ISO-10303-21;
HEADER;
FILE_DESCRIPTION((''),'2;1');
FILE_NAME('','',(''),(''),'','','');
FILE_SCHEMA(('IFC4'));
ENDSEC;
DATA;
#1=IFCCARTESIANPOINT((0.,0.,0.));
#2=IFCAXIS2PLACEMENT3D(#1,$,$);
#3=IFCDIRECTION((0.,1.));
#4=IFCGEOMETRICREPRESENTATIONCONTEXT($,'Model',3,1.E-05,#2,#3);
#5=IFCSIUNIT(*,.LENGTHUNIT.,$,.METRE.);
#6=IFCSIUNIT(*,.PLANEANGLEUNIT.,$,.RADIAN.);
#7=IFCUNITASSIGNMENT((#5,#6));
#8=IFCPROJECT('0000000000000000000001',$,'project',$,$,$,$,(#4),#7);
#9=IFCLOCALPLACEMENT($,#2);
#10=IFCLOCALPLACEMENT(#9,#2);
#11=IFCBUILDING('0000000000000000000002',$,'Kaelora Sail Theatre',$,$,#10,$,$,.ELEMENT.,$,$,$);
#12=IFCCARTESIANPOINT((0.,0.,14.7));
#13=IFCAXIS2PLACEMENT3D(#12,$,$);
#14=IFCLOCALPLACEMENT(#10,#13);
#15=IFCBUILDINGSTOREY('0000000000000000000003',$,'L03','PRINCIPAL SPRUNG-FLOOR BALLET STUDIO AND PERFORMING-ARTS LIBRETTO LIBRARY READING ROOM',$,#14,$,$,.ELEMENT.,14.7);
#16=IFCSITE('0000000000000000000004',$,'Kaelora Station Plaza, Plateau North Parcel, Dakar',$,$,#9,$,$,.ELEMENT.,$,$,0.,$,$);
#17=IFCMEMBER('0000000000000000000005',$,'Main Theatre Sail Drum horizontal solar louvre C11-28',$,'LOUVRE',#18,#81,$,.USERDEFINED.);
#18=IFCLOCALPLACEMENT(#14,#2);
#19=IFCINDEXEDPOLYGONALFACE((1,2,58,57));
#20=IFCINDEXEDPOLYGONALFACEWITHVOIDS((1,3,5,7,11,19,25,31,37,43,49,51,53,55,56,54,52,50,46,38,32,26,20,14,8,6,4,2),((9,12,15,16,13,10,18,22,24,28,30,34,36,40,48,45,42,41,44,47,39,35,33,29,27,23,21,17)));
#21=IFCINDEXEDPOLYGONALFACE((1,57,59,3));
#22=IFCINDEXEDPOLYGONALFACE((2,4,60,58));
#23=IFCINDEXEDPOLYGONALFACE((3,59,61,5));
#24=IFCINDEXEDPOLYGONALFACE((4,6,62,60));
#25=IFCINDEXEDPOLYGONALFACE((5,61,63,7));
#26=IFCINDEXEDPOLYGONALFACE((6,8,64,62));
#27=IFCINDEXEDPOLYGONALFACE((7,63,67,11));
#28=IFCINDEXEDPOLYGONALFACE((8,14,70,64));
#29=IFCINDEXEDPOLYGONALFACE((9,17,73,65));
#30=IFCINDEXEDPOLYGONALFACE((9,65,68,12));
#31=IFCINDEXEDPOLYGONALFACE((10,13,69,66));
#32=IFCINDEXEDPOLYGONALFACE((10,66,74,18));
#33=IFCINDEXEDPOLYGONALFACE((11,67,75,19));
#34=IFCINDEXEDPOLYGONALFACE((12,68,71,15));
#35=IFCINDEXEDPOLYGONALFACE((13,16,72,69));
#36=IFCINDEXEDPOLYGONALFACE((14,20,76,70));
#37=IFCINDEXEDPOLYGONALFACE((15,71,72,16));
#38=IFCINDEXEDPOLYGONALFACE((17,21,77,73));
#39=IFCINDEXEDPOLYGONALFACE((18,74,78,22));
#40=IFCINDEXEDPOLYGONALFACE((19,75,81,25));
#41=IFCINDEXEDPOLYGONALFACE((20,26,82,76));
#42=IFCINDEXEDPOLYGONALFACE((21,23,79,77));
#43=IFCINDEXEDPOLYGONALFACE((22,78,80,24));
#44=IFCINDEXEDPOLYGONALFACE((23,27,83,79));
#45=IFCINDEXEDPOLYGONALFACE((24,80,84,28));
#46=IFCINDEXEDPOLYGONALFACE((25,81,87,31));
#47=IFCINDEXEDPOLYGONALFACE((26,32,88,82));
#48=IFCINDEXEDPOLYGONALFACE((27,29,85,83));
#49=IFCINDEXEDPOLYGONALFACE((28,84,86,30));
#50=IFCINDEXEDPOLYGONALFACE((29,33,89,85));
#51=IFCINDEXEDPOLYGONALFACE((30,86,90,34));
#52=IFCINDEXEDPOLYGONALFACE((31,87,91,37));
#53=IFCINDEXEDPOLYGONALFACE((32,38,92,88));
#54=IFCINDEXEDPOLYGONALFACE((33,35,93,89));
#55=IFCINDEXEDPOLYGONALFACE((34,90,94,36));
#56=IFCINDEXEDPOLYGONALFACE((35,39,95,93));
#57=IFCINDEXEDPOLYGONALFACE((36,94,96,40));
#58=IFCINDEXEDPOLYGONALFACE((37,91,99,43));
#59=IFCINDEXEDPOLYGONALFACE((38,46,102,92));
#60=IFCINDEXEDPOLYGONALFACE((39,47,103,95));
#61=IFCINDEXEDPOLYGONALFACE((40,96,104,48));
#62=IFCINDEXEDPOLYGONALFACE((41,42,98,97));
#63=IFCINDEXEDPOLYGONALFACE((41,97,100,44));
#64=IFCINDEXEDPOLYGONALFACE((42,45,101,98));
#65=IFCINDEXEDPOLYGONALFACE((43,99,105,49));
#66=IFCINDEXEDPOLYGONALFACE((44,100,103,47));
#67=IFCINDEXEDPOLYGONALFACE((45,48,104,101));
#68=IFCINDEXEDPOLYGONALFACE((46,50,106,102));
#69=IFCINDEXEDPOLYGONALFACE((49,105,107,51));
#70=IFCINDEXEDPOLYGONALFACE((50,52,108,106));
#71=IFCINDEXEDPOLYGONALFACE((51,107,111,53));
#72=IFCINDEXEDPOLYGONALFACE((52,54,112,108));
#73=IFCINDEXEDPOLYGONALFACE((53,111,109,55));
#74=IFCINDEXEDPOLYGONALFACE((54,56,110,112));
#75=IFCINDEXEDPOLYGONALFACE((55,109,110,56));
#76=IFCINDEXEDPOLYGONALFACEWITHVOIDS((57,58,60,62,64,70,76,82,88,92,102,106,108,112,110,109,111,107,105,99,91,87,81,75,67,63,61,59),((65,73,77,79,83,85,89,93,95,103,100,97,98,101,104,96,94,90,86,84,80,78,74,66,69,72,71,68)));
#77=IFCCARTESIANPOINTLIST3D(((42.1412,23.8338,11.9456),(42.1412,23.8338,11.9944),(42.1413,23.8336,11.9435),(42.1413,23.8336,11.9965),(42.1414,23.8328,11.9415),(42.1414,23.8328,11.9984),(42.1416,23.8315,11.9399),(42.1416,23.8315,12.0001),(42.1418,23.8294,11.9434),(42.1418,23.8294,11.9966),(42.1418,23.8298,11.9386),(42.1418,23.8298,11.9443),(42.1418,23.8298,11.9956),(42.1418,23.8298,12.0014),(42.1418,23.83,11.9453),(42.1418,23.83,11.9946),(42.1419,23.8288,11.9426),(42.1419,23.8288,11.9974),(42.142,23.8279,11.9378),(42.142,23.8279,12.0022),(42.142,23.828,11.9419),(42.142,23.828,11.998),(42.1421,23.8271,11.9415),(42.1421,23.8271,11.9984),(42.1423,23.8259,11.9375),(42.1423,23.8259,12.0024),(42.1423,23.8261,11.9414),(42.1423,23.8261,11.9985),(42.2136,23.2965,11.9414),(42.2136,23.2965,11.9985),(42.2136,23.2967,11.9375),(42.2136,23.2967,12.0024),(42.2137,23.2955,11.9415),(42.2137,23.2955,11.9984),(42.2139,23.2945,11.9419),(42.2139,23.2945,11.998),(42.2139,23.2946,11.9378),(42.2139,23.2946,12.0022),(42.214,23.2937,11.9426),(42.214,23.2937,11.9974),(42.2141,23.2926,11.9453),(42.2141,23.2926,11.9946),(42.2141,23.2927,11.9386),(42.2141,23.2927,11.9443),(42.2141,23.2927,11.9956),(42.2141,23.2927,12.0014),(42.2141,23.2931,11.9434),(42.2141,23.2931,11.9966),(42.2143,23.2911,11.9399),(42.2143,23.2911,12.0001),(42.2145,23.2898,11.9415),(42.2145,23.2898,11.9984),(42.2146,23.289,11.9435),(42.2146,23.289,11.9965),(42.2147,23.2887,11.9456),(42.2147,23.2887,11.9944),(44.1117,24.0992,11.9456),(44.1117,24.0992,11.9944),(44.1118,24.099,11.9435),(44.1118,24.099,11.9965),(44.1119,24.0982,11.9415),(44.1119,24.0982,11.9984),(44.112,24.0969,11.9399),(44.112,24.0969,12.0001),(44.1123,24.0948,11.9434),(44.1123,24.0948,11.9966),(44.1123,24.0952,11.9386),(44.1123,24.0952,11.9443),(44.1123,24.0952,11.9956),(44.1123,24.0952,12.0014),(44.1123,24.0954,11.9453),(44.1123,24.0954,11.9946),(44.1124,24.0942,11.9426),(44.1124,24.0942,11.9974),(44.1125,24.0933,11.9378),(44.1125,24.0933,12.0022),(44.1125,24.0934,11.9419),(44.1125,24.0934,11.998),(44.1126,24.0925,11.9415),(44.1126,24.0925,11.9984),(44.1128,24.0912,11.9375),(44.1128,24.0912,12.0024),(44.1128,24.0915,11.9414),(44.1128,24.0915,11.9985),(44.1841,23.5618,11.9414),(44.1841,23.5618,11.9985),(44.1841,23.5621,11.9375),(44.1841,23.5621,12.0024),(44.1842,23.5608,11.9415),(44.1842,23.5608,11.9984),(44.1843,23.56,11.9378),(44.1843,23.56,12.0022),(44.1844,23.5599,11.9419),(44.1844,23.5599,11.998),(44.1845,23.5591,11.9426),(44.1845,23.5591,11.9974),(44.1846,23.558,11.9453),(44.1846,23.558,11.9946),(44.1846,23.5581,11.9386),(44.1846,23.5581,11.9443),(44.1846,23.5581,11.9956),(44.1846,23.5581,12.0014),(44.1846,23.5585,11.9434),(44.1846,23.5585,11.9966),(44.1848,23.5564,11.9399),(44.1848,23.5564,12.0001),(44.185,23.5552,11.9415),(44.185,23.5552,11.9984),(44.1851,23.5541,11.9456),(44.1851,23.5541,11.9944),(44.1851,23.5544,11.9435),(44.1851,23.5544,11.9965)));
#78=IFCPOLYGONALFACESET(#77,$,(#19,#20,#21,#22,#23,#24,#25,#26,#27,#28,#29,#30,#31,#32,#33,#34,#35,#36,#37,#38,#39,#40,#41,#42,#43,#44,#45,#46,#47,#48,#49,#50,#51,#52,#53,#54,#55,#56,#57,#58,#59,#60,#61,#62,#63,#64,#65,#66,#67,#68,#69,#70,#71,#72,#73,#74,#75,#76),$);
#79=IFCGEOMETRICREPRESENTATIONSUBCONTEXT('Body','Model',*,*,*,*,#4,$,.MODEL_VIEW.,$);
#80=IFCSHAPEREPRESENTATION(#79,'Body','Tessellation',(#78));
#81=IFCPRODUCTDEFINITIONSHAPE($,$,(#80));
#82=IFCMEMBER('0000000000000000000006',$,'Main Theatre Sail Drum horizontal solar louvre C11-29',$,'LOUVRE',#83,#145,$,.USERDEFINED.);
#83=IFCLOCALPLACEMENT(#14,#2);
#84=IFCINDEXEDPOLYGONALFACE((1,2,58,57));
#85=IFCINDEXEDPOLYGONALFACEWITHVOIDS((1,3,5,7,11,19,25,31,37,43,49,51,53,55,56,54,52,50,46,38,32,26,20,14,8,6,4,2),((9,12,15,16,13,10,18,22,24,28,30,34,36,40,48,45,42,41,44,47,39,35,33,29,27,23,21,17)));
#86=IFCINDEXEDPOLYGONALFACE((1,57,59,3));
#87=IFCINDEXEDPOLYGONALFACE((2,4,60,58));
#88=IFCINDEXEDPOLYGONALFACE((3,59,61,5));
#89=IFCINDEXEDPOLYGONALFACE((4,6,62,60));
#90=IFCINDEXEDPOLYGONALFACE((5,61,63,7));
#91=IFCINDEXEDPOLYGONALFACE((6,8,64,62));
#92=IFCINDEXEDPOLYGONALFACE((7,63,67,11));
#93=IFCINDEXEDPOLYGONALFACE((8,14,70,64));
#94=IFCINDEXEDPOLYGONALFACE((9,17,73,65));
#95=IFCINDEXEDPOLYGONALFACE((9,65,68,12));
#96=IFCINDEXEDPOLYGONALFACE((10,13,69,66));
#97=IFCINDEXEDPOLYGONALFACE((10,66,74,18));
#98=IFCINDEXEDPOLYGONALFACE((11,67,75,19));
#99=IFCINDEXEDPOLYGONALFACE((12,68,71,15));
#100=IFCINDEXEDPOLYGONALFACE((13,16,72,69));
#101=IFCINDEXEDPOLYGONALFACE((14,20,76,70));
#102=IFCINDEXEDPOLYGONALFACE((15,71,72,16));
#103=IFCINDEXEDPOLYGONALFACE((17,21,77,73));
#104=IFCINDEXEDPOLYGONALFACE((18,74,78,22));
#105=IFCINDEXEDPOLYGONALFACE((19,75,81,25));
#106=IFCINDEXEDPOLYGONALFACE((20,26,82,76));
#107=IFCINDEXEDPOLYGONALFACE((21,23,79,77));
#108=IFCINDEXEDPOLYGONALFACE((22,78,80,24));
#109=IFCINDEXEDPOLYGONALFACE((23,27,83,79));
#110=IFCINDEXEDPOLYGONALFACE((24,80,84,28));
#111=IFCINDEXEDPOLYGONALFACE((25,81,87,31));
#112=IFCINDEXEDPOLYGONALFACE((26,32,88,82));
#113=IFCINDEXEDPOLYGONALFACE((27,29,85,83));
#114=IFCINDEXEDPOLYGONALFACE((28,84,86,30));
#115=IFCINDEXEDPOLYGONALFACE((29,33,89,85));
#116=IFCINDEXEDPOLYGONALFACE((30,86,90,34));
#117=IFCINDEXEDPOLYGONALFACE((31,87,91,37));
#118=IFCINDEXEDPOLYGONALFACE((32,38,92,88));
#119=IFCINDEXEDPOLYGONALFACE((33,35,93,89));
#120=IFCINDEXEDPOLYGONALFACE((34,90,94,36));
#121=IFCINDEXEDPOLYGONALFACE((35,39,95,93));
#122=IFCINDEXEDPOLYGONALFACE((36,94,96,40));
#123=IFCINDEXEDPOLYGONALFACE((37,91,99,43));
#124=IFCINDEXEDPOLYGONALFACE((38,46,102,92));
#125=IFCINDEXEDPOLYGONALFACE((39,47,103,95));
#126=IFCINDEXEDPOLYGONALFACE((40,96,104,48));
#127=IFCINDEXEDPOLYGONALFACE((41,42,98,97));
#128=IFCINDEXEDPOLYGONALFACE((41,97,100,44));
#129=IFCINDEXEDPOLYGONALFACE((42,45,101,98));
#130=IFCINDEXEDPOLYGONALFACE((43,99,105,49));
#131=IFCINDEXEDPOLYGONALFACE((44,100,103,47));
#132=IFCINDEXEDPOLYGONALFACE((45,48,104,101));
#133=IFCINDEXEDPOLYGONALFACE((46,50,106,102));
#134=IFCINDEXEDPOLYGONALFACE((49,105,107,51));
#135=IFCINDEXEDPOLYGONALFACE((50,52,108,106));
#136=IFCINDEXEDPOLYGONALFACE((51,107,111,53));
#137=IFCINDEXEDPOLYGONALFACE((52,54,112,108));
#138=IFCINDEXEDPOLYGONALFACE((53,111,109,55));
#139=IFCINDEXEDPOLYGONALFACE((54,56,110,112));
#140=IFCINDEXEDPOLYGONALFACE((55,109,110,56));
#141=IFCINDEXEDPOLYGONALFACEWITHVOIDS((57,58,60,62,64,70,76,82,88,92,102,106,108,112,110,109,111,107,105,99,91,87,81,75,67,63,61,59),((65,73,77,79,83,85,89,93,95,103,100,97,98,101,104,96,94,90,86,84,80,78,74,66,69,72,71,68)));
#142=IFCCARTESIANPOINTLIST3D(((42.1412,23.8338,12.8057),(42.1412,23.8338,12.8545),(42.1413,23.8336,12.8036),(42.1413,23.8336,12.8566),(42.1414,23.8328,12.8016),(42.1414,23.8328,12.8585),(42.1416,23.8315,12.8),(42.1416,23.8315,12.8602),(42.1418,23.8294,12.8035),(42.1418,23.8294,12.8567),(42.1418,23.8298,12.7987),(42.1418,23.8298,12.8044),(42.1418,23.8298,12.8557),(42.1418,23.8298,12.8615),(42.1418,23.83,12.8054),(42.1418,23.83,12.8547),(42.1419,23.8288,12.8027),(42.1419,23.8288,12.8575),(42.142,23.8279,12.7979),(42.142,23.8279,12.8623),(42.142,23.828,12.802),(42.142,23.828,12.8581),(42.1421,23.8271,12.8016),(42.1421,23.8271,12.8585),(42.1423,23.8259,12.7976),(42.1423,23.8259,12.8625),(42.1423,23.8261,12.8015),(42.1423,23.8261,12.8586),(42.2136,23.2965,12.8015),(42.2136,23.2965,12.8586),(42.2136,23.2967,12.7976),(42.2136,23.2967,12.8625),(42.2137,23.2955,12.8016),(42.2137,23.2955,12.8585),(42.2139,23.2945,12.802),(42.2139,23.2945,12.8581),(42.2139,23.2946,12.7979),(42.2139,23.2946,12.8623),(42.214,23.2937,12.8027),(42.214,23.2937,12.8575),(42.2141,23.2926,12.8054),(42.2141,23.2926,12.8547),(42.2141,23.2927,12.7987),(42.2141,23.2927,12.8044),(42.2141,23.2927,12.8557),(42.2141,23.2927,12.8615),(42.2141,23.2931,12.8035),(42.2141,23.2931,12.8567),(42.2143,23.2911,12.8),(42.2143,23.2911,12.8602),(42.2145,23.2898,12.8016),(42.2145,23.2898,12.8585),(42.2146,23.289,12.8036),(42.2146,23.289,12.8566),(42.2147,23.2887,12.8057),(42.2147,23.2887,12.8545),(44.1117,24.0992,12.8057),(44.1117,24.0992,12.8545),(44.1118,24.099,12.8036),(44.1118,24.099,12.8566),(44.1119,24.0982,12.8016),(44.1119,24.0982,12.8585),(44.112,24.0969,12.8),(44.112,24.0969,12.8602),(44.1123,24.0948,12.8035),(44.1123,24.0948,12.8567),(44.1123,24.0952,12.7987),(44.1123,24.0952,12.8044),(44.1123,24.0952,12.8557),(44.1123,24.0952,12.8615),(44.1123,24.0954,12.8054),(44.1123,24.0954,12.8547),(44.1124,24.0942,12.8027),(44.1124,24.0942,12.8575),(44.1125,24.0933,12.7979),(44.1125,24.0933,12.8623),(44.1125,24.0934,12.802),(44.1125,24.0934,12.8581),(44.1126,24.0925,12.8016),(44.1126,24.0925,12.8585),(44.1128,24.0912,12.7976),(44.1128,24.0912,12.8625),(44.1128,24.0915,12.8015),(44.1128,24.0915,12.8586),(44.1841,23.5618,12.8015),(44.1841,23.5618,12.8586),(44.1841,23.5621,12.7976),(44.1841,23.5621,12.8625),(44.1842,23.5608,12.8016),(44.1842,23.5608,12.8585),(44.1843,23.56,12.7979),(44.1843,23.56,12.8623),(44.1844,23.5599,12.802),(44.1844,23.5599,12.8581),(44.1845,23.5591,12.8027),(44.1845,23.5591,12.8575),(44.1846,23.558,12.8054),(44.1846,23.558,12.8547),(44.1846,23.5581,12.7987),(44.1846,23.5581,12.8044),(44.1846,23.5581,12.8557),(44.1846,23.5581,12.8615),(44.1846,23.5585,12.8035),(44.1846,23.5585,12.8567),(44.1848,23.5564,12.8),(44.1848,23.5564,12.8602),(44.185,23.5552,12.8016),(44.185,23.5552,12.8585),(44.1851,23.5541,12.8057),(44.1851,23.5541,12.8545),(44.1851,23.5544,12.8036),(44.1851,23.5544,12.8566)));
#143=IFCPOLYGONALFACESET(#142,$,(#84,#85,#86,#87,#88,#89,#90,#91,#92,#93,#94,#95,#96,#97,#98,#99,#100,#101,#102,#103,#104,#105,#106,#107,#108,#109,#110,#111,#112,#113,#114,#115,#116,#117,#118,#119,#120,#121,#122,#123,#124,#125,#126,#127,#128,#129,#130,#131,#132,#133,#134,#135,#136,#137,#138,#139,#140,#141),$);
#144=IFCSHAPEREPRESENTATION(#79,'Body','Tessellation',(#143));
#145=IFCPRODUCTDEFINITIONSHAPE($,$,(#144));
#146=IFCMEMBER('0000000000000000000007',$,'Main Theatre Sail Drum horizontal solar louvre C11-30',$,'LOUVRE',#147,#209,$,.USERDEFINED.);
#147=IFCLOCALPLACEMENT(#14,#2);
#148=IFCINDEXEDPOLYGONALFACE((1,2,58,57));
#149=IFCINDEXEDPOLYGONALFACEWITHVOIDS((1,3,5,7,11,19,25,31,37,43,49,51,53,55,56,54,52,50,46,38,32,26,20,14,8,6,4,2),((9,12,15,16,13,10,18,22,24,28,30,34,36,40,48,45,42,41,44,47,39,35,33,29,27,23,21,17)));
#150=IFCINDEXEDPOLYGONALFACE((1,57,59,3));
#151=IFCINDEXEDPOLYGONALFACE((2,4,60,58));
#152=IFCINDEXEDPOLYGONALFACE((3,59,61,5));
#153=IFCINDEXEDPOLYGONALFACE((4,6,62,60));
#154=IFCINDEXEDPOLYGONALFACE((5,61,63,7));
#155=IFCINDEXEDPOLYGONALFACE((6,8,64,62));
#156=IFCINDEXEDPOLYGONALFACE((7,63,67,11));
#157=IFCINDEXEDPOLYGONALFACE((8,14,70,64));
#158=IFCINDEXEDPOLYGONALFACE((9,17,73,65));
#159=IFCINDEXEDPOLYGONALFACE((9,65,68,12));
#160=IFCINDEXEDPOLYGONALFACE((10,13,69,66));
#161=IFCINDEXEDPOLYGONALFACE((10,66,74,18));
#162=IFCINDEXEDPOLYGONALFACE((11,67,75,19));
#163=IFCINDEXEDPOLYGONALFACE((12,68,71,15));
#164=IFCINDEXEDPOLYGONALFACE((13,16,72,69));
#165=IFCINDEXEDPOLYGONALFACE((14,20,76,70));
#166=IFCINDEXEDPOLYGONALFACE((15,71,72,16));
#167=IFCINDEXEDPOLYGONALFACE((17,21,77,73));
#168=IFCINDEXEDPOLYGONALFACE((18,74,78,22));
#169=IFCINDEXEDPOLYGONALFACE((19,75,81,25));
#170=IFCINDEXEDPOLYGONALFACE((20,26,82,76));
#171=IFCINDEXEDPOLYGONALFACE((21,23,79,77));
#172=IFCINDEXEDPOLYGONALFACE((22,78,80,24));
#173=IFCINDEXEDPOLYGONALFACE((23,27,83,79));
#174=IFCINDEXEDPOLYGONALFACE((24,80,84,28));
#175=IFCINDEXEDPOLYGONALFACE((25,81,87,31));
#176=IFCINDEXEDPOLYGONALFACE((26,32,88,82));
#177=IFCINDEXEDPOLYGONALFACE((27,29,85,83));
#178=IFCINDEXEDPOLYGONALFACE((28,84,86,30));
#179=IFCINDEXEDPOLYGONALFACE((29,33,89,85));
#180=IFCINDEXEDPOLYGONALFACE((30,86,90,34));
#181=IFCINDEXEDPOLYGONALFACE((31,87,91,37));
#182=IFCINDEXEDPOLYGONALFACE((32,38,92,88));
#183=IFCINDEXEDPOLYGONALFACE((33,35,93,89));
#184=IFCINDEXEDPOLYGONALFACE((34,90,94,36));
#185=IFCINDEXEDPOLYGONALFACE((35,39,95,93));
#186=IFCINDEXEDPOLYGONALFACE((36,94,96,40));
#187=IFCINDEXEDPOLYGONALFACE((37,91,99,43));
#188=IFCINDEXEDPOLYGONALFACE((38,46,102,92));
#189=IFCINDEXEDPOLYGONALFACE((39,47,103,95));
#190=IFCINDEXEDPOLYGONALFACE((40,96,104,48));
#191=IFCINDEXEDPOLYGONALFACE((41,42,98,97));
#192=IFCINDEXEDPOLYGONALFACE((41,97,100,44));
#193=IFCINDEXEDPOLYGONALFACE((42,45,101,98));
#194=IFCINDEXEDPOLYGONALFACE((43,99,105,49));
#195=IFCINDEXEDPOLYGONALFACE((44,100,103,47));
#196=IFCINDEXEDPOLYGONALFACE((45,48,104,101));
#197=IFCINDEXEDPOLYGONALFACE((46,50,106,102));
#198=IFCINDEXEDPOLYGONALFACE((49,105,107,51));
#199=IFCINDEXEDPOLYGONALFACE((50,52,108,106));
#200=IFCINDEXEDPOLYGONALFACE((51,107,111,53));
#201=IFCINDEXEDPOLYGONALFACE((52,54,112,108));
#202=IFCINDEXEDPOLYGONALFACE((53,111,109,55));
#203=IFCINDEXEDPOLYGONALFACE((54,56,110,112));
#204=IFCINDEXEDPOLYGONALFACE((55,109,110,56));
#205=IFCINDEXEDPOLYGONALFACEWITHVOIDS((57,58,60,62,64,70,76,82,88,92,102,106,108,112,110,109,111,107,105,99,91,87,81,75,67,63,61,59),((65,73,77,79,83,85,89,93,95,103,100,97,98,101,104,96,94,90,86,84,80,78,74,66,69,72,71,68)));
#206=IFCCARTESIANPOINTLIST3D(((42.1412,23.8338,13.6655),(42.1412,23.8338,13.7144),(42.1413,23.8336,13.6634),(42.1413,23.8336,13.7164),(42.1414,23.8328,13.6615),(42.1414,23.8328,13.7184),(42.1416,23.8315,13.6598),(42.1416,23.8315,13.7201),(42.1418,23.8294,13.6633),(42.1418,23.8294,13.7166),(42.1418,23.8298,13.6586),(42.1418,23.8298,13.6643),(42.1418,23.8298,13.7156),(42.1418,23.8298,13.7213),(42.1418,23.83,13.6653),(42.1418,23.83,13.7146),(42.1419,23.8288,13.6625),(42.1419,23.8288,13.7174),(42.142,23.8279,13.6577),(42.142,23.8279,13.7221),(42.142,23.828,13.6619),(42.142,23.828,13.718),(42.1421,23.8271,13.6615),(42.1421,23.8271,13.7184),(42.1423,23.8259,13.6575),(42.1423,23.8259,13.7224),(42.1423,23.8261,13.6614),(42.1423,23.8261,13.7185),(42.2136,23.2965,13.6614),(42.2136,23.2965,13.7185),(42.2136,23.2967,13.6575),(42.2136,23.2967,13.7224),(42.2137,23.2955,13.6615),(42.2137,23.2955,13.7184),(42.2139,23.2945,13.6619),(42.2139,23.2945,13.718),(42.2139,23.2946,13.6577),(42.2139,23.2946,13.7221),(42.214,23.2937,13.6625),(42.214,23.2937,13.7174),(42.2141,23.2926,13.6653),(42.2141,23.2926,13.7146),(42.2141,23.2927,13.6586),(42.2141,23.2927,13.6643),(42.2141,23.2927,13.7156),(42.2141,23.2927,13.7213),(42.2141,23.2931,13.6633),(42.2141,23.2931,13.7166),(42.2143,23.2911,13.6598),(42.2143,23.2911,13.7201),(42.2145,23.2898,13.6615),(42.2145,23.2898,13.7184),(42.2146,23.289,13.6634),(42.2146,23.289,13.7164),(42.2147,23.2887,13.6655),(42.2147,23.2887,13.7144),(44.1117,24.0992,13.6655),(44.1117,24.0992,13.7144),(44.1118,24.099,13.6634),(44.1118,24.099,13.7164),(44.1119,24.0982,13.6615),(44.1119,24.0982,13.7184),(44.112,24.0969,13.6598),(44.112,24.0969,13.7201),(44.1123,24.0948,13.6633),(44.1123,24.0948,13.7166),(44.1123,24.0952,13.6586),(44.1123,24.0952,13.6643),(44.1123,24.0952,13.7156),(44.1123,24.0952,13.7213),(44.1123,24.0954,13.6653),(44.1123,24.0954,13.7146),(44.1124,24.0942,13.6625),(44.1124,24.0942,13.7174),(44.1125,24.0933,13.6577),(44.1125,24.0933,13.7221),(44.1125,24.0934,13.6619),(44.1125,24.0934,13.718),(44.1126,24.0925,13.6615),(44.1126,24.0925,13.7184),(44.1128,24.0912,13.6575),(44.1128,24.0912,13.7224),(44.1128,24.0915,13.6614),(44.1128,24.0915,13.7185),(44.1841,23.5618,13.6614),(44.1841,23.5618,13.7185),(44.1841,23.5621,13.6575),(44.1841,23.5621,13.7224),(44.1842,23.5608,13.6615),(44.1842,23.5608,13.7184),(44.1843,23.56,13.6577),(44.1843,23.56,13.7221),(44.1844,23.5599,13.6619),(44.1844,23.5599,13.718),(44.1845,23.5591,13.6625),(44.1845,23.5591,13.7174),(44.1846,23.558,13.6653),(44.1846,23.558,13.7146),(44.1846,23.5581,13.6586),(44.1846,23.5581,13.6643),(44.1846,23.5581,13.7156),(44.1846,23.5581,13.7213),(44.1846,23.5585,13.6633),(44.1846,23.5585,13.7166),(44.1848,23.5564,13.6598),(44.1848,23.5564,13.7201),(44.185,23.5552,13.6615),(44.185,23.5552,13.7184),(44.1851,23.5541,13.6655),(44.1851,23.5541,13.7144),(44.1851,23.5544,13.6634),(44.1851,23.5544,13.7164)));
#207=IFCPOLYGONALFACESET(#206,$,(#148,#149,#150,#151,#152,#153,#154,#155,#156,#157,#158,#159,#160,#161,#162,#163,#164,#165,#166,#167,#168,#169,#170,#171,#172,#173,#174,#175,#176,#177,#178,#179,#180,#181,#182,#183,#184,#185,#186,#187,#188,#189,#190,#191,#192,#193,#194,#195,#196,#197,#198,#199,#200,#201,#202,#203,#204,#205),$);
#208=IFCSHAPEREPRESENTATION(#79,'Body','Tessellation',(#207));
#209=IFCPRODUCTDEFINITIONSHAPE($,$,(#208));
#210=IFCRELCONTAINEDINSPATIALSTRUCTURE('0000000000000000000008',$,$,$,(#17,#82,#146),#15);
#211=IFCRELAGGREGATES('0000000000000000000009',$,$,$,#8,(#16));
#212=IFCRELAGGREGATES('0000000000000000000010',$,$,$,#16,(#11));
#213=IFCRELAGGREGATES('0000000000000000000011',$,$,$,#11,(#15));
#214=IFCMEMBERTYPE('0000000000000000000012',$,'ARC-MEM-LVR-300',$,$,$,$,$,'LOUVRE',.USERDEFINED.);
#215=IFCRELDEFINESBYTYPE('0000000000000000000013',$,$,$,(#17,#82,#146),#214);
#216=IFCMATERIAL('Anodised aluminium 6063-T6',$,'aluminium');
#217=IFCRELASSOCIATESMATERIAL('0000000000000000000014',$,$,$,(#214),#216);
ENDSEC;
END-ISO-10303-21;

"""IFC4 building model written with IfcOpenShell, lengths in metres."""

from ifc_helpers import new_model, si_unit, direction, frame, origin, origin_2d, place, context, subcontext, project, spatial, hollow_rectangle, extrude, material, material_profile, profile_set, type_object, element, save


model = new_model("IFC4")

# Units and contexts
model_context = context("Model", 3, precision=1e-05, world=origin(), true_north=direction((0.0, 1.0)))
body_context = subcontext(model_context, "Body", "Model", "MODEL_VIEW")
ifc_project = project(units=[si_unit("LENGTHUNIT", "METRE"), si_unit("PLANEANGLEUNIT", "RADIAN")], contexts=[model_context])

# Site, building, storey
site_placement = place(None, origin())
site = spatial("IfcSite", under=ifc_project, at=site_placement, Name="Kaelora Station Plaza, Plateau North Parcel, Dakar", CompositionType="ELEMENT", RefElevation=0.0)
building_placement = place(site_placement, origin())
building = spatial("IfcBuilding", under=site, at=building_placement, Name="Kaelora Sail Theatre", CompositionType="ELEMENT")
storey_placement = place(building_placement, frame((0.0, 0.0, 14.7)))
storey = spatial("IfcBuildingStorey", under=building, at=storey_placement, Name="L03", Description="PRINCIPAL SPRUNG-FLOOR BALLET STUDIO AND PERFORMING-ARTS LIBRETTO LIBRARY READING ROOM", CompositionType="ELEMENT", Elevation=14.7)

# Members
ifc_material = material(Name="Anodised aluminium 6063-T6", Category="aluminium")
ifc_material_profile = material_profile(ifc_material, hollow_rectangle(XDim=0.55, YDim=0.0649, WallThickness=0.0039, InnerFilletRadius=0.0039, OuterFilletRadius=0.0081, at=origin_2d()), Name="LOUVRE 550x65x4")
ifc_profile_set = profile_set([ifc_material_profile], Name="Anodised aluminium 6063-T6")
member_type = type_object("IfcMemberType", Name="ARC-MEM-LVR-300", ElementType="LOUVRE", PredefinedType="USERDEFINED", material=ifc_profile_set)
for number, where, z_axis, x_axis, name in (
    (1, (44.1484, 23.8267, 11.97), (-0.991052, -0.133475, 0.0), (0.133475, -0.991052, 0.0), "Main Theatre Sail Drum horizontal solar louvre C11-28"),
    (2, (44.1484, 23.8267, 12.8301), (-0.991052, -0.133475, 0.0), (0.133475, -0.991052, 0.0), "Main Theatre Sail Drum horizontal solar louvre C11-29"),
    (3, (44.1484, 23.8267, 13.6899), (-0.991052, -0.133475, 0.0), (0.133475, -0.991052, 0.0), "Main Theatre Sail Drum horizontal solar louvre C11-30"),
):
    element("IfcMember", number, at=place(storey_placement, frame(where, z_axis=z_axis, x_axis=x_axis)), inside=storey, type_object=member_type, Name=name, ObjectType="LOUVRE", PredefinedType="USERDEFINED", context=body_context, shape_type="SweptSolid", body=[
        extrude(hollow_rectangle(XDim=0.55, YDim=0.0649, WallThickness=0.0039, InnerFilletRadius=0.0039, OuterFilletRadius=0.0081, at=origin_2d()), origin(), (0.0, 0.0, 1.0), 1.9883),
    ])

save(model, "model.ifc")
